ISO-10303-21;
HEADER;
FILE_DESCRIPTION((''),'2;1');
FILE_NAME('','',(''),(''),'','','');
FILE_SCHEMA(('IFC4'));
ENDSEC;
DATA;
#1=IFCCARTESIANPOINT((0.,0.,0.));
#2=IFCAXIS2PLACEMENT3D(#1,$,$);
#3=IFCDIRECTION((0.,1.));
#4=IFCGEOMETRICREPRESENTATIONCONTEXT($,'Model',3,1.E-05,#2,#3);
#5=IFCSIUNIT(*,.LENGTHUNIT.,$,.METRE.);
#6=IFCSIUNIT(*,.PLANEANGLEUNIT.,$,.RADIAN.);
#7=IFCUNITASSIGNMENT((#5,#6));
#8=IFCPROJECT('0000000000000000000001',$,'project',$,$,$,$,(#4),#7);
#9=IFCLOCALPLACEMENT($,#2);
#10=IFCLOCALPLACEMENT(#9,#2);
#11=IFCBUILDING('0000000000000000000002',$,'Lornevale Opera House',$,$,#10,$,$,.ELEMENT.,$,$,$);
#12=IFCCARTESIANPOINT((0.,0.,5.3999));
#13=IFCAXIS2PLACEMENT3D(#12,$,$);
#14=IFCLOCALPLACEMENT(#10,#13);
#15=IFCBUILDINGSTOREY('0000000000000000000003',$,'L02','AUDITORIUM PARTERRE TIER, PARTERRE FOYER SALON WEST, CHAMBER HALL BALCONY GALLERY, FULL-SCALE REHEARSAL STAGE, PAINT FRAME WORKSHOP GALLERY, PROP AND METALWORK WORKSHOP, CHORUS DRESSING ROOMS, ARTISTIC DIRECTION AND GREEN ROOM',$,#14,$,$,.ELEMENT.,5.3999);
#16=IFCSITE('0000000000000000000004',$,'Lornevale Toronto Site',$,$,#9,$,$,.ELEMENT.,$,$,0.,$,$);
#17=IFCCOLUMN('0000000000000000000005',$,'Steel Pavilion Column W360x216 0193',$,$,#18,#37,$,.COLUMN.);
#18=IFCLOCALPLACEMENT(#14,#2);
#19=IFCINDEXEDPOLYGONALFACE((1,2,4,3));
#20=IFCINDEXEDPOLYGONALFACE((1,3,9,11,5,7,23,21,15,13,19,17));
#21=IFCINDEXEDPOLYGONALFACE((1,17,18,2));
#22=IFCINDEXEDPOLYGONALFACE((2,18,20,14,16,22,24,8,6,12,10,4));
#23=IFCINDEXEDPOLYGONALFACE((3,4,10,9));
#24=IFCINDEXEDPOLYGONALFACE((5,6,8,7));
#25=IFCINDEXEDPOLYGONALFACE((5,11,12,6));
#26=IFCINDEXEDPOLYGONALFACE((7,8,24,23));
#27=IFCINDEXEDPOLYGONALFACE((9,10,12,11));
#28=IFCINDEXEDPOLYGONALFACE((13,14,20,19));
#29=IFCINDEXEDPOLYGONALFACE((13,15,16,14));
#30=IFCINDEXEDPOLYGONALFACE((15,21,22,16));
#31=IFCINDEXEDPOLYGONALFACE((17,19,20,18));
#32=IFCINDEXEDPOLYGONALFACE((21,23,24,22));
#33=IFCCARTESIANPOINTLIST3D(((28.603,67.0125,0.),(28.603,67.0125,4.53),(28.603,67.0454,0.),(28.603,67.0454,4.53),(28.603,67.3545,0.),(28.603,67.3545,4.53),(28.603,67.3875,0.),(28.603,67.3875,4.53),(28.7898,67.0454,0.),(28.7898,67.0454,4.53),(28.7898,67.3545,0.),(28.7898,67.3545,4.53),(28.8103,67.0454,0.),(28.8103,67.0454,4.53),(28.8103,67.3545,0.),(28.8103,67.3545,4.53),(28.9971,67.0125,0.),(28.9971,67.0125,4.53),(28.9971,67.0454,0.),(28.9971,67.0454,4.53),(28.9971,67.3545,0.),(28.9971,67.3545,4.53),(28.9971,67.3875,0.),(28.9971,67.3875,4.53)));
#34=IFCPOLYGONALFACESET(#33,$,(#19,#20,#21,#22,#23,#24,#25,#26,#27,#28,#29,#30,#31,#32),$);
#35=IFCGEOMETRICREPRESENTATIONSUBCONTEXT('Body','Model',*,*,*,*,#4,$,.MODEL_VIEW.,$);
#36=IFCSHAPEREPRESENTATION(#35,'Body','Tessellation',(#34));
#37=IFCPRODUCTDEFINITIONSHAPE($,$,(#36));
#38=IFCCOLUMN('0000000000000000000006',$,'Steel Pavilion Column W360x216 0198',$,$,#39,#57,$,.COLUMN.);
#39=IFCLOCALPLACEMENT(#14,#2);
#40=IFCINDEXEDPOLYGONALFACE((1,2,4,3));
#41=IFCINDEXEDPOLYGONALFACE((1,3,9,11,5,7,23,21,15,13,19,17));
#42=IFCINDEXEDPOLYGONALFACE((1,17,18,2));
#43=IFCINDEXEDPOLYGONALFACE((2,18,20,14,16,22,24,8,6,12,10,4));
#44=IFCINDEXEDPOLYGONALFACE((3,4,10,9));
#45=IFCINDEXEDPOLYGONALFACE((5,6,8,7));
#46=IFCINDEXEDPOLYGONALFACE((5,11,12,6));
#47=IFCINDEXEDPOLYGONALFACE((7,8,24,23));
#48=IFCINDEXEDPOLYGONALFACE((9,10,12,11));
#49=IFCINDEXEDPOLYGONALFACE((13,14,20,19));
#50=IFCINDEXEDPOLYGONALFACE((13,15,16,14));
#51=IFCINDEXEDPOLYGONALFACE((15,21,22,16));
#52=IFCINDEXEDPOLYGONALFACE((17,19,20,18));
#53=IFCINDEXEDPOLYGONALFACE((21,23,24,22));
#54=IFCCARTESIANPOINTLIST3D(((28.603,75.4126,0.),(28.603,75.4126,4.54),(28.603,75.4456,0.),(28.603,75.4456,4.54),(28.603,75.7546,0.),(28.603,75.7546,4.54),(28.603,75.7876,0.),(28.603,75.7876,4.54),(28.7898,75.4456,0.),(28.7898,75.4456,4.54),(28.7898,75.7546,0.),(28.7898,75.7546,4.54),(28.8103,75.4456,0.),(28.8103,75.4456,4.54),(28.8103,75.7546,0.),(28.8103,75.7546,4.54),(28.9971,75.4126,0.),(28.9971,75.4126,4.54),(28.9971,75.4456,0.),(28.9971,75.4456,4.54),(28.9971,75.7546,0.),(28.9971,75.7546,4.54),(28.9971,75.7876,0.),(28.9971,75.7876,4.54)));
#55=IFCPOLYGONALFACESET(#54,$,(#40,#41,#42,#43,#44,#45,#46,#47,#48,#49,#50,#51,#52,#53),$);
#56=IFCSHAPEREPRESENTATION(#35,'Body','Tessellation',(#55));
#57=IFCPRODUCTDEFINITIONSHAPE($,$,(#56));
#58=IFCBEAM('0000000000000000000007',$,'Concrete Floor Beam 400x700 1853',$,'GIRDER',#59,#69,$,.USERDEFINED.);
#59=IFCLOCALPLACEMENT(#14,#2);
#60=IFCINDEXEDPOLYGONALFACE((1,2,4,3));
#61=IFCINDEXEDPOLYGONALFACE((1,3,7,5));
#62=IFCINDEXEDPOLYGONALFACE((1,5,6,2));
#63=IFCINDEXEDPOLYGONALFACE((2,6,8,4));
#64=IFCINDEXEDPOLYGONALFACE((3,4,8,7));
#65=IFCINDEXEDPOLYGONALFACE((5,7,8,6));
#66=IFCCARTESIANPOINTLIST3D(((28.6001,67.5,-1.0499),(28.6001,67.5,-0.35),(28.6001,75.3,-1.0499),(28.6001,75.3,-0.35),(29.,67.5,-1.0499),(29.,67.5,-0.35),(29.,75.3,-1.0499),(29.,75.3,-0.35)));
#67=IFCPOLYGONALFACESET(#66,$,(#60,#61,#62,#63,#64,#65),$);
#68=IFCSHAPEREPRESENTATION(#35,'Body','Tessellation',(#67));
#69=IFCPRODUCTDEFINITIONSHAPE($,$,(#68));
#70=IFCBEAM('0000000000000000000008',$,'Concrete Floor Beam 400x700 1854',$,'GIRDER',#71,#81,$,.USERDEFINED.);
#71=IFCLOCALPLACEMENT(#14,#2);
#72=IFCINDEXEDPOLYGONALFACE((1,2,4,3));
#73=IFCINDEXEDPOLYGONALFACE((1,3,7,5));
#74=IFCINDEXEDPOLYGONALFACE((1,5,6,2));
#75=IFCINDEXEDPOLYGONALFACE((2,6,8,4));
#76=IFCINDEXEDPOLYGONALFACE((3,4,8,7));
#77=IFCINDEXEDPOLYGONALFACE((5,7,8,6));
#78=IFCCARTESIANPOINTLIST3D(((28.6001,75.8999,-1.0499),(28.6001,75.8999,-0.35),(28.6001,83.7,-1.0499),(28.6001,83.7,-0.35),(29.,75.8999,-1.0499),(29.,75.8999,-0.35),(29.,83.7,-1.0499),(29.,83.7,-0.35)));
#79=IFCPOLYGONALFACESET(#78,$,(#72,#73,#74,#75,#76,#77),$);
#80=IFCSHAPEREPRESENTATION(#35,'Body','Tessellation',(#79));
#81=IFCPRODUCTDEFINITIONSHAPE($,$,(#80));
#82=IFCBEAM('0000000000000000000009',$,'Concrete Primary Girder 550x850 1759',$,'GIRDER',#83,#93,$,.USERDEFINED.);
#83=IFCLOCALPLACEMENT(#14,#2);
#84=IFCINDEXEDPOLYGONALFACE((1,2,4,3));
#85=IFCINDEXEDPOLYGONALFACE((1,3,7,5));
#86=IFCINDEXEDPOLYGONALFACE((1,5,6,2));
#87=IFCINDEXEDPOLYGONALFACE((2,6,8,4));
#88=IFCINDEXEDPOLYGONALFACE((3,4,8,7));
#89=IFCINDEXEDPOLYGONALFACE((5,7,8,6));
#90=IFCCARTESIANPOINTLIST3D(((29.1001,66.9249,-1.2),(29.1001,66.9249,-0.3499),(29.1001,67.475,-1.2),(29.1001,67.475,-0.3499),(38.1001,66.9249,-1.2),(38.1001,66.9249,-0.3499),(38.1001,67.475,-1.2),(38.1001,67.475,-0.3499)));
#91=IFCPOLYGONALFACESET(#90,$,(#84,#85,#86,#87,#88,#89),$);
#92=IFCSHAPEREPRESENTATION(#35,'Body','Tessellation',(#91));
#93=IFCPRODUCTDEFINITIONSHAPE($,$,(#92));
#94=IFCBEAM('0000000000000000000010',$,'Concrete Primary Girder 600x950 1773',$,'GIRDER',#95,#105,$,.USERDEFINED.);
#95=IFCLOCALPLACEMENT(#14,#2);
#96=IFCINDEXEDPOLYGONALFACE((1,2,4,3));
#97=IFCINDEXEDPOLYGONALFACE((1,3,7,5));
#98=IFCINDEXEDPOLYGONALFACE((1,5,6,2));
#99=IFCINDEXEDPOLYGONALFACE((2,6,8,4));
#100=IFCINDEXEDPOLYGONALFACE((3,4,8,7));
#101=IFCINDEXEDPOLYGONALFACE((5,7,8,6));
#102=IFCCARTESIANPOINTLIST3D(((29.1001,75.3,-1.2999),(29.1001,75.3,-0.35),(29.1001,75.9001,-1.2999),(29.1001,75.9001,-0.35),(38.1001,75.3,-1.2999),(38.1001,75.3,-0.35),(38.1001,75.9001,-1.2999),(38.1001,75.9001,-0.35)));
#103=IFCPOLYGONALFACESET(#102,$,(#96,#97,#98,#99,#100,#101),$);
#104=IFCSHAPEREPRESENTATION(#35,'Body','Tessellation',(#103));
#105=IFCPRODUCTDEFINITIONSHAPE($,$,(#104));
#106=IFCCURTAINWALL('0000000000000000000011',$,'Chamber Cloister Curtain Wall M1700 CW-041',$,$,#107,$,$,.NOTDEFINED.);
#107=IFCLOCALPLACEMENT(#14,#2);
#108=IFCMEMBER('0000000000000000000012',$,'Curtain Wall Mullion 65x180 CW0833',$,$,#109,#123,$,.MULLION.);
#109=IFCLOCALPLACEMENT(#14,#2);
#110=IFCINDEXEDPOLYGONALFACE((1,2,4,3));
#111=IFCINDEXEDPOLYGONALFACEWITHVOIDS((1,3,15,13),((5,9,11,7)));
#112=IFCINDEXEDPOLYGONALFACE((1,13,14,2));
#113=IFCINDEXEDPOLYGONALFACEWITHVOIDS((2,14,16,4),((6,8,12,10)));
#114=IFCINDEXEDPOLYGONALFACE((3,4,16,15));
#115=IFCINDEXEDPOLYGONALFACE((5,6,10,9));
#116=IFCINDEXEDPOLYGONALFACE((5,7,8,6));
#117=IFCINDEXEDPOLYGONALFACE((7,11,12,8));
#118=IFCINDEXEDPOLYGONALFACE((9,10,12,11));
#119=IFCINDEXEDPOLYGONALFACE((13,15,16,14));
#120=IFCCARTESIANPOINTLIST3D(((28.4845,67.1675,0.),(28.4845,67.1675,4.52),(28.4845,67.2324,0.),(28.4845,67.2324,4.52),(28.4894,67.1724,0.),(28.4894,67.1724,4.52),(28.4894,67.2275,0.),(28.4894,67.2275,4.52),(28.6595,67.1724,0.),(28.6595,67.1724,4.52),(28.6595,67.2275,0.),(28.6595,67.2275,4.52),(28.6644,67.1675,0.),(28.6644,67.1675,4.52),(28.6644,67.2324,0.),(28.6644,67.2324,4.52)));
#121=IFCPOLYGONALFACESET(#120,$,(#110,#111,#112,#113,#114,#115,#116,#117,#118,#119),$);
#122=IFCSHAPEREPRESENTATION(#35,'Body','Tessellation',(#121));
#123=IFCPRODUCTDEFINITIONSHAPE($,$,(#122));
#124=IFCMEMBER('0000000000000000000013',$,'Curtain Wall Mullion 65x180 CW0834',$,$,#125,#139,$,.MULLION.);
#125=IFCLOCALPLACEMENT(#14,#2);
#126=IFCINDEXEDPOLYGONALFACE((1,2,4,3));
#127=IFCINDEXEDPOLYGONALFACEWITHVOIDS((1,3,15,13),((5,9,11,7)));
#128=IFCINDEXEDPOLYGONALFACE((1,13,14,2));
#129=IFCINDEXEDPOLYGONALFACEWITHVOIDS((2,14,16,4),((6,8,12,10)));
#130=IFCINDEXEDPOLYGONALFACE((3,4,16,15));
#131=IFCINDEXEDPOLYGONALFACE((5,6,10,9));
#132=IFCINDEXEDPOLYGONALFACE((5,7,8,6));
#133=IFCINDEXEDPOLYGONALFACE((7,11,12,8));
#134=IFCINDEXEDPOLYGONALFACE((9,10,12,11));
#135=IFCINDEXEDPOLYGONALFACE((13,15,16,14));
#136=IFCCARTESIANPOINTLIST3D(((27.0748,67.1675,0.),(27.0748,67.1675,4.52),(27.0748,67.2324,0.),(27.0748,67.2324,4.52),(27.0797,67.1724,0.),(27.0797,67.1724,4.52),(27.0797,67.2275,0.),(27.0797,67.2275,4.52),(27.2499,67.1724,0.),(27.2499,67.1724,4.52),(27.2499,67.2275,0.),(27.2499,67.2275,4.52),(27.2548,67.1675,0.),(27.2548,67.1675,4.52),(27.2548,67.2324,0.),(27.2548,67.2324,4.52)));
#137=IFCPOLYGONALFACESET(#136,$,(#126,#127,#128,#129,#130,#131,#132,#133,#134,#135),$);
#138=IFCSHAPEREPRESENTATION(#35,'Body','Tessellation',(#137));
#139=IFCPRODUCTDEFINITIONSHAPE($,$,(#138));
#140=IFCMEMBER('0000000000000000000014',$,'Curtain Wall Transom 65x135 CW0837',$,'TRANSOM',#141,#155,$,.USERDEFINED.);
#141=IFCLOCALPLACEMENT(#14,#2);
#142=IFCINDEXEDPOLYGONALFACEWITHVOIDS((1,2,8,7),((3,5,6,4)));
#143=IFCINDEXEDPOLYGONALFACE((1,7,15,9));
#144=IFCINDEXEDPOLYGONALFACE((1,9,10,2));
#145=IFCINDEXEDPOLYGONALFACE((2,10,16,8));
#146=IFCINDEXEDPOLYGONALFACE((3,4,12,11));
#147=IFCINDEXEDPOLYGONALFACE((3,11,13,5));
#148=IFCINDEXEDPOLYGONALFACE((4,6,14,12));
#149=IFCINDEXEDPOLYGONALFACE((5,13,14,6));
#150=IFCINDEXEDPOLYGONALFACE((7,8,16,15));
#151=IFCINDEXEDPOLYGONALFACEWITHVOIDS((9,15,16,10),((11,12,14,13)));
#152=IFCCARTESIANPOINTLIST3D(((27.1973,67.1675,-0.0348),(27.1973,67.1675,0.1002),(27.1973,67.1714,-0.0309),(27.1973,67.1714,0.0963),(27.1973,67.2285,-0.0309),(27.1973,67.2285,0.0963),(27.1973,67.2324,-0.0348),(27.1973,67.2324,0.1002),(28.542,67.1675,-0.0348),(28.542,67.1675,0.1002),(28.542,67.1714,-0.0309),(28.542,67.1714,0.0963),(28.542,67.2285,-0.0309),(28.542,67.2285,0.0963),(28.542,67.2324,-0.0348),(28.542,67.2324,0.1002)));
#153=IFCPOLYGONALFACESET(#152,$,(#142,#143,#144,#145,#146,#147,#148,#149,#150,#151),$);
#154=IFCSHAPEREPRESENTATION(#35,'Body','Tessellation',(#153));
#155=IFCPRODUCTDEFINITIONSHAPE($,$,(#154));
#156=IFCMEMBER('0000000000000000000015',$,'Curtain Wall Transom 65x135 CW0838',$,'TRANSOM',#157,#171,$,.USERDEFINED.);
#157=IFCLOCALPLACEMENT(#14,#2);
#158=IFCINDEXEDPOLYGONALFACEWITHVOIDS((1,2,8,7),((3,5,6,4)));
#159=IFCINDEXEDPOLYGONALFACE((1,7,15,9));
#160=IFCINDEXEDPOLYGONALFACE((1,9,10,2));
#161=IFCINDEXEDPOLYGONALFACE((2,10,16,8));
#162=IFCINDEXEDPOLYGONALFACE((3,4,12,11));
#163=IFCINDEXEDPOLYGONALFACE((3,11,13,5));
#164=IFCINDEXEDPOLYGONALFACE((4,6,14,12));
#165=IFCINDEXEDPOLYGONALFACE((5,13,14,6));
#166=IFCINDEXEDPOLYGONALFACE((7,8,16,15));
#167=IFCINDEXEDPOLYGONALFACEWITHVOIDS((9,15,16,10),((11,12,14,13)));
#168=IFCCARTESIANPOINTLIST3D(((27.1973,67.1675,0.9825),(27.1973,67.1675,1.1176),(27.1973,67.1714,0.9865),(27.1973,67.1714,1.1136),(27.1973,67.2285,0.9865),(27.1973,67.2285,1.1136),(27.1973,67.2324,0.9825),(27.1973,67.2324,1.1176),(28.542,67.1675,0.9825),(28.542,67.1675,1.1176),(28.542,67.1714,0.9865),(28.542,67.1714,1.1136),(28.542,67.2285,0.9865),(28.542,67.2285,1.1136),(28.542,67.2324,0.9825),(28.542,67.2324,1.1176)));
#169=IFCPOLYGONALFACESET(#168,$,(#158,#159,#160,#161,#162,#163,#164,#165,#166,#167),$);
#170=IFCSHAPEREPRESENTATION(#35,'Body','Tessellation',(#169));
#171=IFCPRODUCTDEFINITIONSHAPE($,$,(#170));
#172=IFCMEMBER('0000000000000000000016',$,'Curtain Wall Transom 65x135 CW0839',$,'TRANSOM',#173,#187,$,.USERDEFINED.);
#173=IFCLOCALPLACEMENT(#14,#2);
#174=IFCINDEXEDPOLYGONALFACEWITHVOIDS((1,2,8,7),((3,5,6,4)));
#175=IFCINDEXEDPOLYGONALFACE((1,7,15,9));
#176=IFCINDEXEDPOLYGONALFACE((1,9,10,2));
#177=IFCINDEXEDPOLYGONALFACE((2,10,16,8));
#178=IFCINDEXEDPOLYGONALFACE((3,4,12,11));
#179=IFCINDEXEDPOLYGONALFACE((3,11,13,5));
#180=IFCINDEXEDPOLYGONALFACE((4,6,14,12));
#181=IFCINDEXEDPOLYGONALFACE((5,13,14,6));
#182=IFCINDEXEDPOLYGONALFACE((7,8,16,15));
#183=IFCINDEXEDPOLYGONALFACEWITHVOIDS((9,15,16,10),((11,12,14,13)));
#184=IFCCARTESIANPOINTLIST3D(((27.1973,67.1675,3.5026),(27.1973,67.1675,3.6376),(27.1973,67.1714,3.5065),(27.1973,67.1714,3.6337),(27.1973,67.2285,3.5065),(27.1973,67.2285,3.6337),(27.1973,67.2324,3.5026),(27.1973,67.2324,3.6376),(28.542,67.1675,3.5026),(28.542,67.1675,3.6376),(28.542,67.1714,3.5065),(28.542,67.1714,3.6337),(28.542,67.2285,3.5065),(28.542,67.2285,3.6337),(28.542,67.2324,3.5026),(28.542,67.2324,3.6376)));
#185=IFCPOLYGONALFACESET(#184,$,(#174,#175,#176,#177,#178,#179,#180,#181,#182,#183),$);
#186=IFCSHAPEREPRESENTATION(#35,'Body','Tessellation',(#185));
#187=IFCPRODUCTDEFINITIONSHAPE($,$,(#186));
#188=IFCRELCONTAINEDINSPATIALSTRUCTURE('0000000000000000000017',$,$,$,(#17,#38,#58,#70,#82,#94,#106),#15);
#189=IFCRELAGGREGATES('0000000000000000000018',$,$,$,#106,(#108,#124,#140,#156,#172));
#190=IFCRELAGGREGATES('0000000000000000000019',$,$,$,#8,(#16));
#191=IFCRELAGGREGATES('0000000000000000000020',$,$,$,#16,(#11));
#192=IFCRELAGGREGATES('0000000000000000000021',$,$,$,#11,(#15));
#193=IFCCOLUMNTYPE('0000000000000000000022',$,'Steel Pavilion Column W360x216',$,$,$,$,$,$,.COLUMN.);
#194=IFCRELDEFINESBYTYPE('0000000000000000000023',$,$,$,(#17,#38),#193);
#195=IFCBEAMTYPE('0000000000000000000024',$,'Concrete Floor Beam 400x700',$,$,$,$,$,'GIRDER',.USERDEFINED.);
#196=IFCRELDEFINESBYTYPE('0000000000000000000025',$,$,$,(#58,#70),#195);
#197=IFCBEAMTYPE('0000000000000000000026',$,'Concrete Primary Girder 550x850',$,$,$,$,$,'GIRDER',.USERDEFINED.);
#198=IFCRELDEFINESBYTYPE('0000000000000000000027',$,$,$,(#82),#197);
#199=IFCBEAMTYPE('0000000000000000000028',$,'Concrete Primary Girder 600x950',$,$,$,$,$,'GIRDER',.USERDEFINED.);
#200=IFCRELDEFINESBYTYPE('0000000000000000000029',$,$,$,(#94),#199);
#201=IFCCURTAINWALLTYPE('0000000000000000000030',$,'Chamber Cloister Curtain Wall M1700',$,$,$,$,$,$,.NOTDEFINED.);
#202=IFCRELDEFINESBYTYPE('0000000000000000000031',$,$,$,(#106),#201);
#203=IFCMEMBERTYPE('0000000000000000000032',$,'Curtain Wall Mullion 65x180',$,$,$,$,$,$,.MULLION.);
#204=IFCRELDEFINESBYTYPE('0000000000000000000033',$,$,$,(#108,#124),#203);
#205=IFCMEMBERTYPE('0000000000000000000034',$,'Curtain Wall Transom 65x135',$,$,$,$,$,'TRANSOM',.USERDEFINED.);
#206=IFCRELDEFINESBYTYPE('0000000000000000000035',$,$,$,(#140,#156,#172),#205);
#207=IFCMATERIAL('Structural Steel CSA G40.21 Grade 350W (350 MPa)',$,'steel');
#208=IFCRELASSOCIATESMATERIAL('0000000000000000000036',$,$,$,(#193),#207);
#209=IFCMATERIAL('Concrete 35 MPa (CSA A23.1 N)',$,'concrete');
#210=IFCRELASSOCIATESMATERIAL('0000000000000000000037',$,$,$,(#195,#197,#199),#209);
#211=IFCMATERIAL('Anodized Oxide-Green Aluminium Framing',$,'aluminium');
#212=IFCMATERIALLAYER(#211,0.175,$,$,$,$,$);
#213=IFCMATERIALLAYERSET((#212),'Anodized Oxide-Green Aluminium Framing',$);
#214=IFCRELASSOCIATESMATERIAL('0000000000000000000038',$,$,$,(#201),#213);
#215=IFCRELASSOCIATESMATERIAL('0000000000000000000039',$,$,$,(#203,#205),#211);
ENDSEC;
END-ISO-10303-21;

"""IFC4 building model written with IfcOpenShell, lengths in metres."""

from ifc_helpers import new_model, si_unit, direction, frame, origin, origin_2d, place, context, subcontext, project, spatial, rectangle, hollow_rectangle, i_section, extrude, material, layer, layer_set, material_profile, profile_set, type_object, element, aggregate, save


model = new_model("IFC4")

# Units and contexts
model_context = context("Model", 3, precision=1e-05, world=origin(), true_north=direction((0.0, 1.0)))
body_context = subcontext(model_context, "Body", "Model", "MODEL_VIEW")
ifc_project = project(units=[si_unit("LENGTHUNIT", "METRE"), si_unit("PLANEANGLEUNIT", "RADIAN")], contexts=[model_context])

# Site, building, storey
site_placement = place(None, origin())
site = spatial("IfcSite", under=ifc_project, at=site_placement, Name="Lornevale Toronto Site", CompositionType="ELEMENT", RefElevation=0.0)
building_placement = place(site_placement, origin())
building = spatial("IfcBuilding", under=site, at=building_placement, Name="Lornevale Opera House", CompositionType="ELEMENT")
storey_placement = place(building_placement, frame((0.0, 0.0, 5.3999)))
storey = spatial("IfcBuildingStorey", under=building, at=storey_placement, Name="L02", Description="AUDITORIUM PARTERRE TIER, PARTERRE FOYER SALON WEST, CHAMBER HALL BALCONY GALLERY, FULL-SCALE REHEARSAL STAGE, PAINT FRAME WORKSHOP GALLERY, PROP AND METALWORK WORKSHOP, CHORUS DRESSING ROOMS, ARTISTIC DIRECTION AND GREEN ROOM", CompositionType="ELEMENT", Elevation=5.3999)

# Columns
ifc_material_1 = material(Name="Structural Steel CSA G40.21 Grade 350W (350 MPa)", Category="steel")
ifc_material_profile_1 = material_profile(ifc_material_1, i_section(OverallWidth=0.394, OverallDepth=0.375, WebThickness=0.0205, FlangeThickness=0.033, at=origin_2d()), Name="W360x216")
ifc_profile_set_1 = profile_set([ifc_material_profile_1], Name="Structural Steel CSA G40.21 Grade 350W (350 MPa)")
column_type = type_object("IfcColumnType", Name="Steel Pavilion Column W360x216", PredefinedType="COLUMN", material=ifc_profile_set_1)
column_1_placement = place(storey_placement, frame((28.8, 67.2, 0.0), z_axis=(0.0, 0.0, 1.0), x_axis=(1.0, 0.0, 0.0)))
element("IfcColumn", 1, at=column_1_placement, inside=storey, type_object=column_type, Name="Steel Pavilion Column W360x216 0193", PredefinedType="COLUMN", context=body_context, shape_type="SweptSolid", body=[
    extrude(i_section(OverallWidth=0.394, OverallDepth=0.375, WebThickness=0.0205, FlangeThickness=0.033, at=origin_2d()), origin(), (0.0, 0.0, 1.0), 4.53),
])
column_2_placement = place(storey_placement, frame((28.8, 75.6001, 0.0), z_axis=(0.0, 0.0, 1.0), x_axis=(1.0, 0.0, 0.0)))
element("IfcColumn", 2, at=column_2_placement, inside=storey, type_object=column_type, Name="Steel Pavilion Column W360x216 0198", PredefinedType="COLUMN", context=body_context, shape_type="SweptSolid", body=[
    extrude(i_section(OverallWidth=0.394, OverallDepth=0.375, WebThickness=0.0205, FlangeThickness=0.033, at=origin_2d()), origin(), (0.0, 0.0, 1.0), 4.54),
])

# Beams
ifc_material_2 = material(Name="Concrete 35 MPa (CSA A23.1 N)", Category="concrete")
ifc_material_profile_2 = material_profile(ifc_material_2, rectangle(XDim=0.3999, YDim=0.7, at=origin_2d()), Name="RC400x700")
ifc_profile_set_2 = profile_set([ifc_material_profile_2], Name="Concrete 35 MPa (CSA A23.1 N)")
beam_type_1 = type_object("IfcBeamType", Name="Concrete Floor Beam 400x700", ElementType="GIRDER", PredefinedType="USERDEFINED", material=ifc_profile_set_2)
for number, where, z_axis, x_axis, name in (
    (3, (28.8, 67.5, -0.7), (0.0, 1.0, 0.0), (-1.0, 0.0, 0.0), "Concrete Floor Beam 400x700 1853"),
    (4, (28.8, 75.8999, -0.7), (0.0, 1.0, 0.0), (-1.0, 0.0, 0.0), "Concrete Floor Beam 400x700 1854"),
):
    element("IfcBeam", number, at=place(storey_placement, frame(where, z_axis=z_axis, x_axis=x_axis)), inside=storey, type_object=beam_type_1, Name=name, ObjectType="GIRDER", PredefinedType="USERDEFINED", context=body_context, shape_type="SweptSolid", body=[
        extrude(rectangle(XDim=0.3999, YDim=0.7, at=origin_2d()), origin(), (0.0, 0.0, 1.0), 7.8),
    ])
ifc_material_profile_3 = material_profile(ifc_material_2, rectangle(XDim=0.55, YDim=0.8501, at=origin_2d()), Name="RC550x850")
ifc_profile_set_3 = profile_set([ifc_material_profile_3], Name="Concrete 35 MPa (CSA A23.1 N)")
beam_type_2 = type_object("IfcBeamType", Name="Concrete Primary Girder 550x850", ElementType="GIRDER", PredefinedType="USERDEFINED", material=ifc_profile_set_3)
beam_1_placement = place(storey_placement, frame((29.1001, 67.2, -0.7749), z_axis=(1.0, 0.0, 0.0), x_axis=(0.0, 1.0, 0.0)))
element("IfcBeam", 5, at=beam_1_placement, inside=storey, type_object=beam_type_2, Name="Concrete Primary Girder 550x850 1759", ObjectType="GIRDER", PredefinedType="USERDEFINED", context=body_context, shape_type="SweptSolid", body=[
    extrude(rectangle(XDim=0.55, YDim=0.8501, at=origin_2d()), origin(), (0.0, 0.0, 1.0), 9.0),
])
ifc_material_profile_4 = material_profile(ifc_material_2, rectangle(XDim=0.6001, YDim=0.95, at=origin_2d()), Name="RC600x950")
ifc_profile_set_4 = profile_set([ifc_material_profile_4], Name="Concrete 35 MPa (CSA A23.1 N)")
beam_type_3 = type_object("IfcBeamType", Name="Concrete Primary Girder 600x950", ElementType="GIRDER", PredefinedType="USERDEFINED", material=ifc_profile_set_4)
beam_2_placement = place(storey_placement, frame((29.1001, 75.6001, -0.825), z_axis=(1.0, 0.0, 0.0), x_axis=(0.0, 1.0, 0.0)))
element("IfcBeam", 6, at=beam_2_placement, inside=storey, type_object=beam_type_3, Name="Concrete Primary Girder 600x950 1773", ObjectType="GIRDER", PredefinedType="USERDEFINED", context=body_context, shape_type="SweptSolid", body=[
    extrude(rectangle(XDim=0.6001, YDim=0.95, at=origin_2d()), origin(), (0.0, 0.0, 1.0), 9.0),
])

# Curtain wall, members
ifc_material_3 = material(Name="Anodized Oxide-Green Aluminium Framing", Category="aluminium")
ifc_layer_1 = layer(ifc_material_3, 0.175)
ifc_layer_set_1 = layer_set([ifc_layer_1], Name="Anodized Oxide-Green Aluminium Framing")
curtain_wall_type = type_object("IfcCurtainWallType", Name="Chamber Cloister Curtain Wall M1700", PredefinedType="NOTDEFINED", material=ifc_layer_set_1)
curtain_wall_placement = place(storey_placement, origin())
curtain_wall = element("IfcCurtainWall", 7, at=curtain_wall_placement, inside=storey, type_object=curtain_wall_type, Name="Chamber Cloister Curtain Wall M1700 CW-041", PredefinedType="NOTDEFINED")
ifc_material_profile_5 = material_profile(ifc_material_3, hollow_rectangle(XDim=0.0649, YDim=0.1799, WallThickness=0.0049, at=origin_2d()), Name="ALU65x180x5")
ifc_profile_set_5 = profile_set([ifc_material_profile_5], Name="Anodized Oxide-Green Aluminium Framing")
member_type_1 = type_object("IfcMemberType", Name="Curtain Wall Mullion 65x180", PredefinedType="MULLION", material=ifc_profile_set_5)
member_1_placement = place(storey_placement, frame((28.5745, 67.2, 0.0), z_axis=(0.0, 0.0, 1.0), x_axis=(0.0, -1.0, 0.0)))
member_1 = element("IfcMember", 8, at=member_1_placement, type_object=member_type_1, Name="Curtain Wall Mullion 65x180 CW0833", PredefinedType="MULLION", context=body_context, shape_type="SweptSolid", body=[
    extrude(hollow_rectangle(XDim=0.0649, YDim=0.1799, WallThickness=0.0049, at=origin_2d()), origin(), (0.0, 0.0, 1.0), 4.52),
])
member_2_placement = place(storey_placement, frame((27.1648, 67.2, 0.0), z_axis=(0.0, 0.0, 1.0), x_axis=(0.0, -1.0, 0.0)))
member_2 = element("IfcMember", 9, at=member_2_placement, type_object=member_type_1, Name="Curtain Wall Mullion 65x180 CW0834", PredefinedType="MULLION", context=body_context, shape_type="SweptSolid", body=[
    extrude(hollow_rectangle(XDim=0.0649, YDim=0.1799, WallThickness=0.0049, at=origin_2d()), origin(), (0.0, 0.0, 1.0), 4.52),
])
ifc_material_profile_6 = material_profile(ifc_material_3, hollow_rectangle(XDim=0.0649, YDim=0.135, WallThickness=0.0039, at=origin_2d()), Name="ALU65x135x4")
ifc_profile_set_6 = profile_set([ifc_material_profile_6], Name="Anodized Oxide-Green Aluminium Framing")
member_type_2 = type_object("IfcMemberType", Name="Curtain Wall Transom 65x135", ElementType="TRANSOM", PredefinedType="USERDEFINED", material=ifc_profile_set_6)
member_3_placement = place(storey_placement, frame((28.542, 67.2, 0.0327), z_axis=(-1.0, 0.0, 0.0), x_axis=(0.0, -1.0, 0.0)))
member_3 = element("IfcMember", 10, at=member_3_placement, type_object=member_type_2, Name="Curtain Wall Transom 65x135 CW0837", ObjectType="TRANSOM", PredefinedType="USERDEFINED", context=body_context, shape_type="SweptSolid", body=[
    extrude(hollow_rectangle(XDim=0.0649, YDim=0.135, WallThickness=0.0039, at=origin_2d()), origin(), (0.0, 0.0, 1.0), 1.3447),
])
member_4_placement = place(storey_placement, frame((28.542, 67.2, 1.05), z_axis=(-1.0, 0.0, 0.0), x_axis=(0.0, -1.0, 0.0)))
member_4 = element("IfcMember", 11, at=member_4_placement, type_object=member_type_2, Name="Curtain Wall Transom 65x135 CW0838", ObjectType="TRANSOM", PredefinedType="USERDEFINED", context=body_context, shape_type="SweptSolid", body=[
    extrude(hollow_rectangle(XDim=0.0649, YDim=0.135, WallThickness=0.0039, at=origin_2d()), origin(), (0.0, 0.0, 1.0), 1.3447),
])
member_5_placement = place(storey_placement, frame((28.542, 67.2, 3.5701), z_axis=(-1.0, 0.0, 0.0), x_axis=(0.0, -1.0, 0.0)))
member_5 = element("IfcMember", 12, at=member_5_placement, type_object=member_type_2, Name="Curtain Wall Transom 65x135 CW0839", ObjectType="TRANSOM", PredefinedType="USERDEFINED", context=body_context, shape_type="SweptSolid", body=[
    extrude(hollow_rectangle(XDim=0.0649, YDim=0.135, WallThickness=0.0039, at=origin_2d()), origin(), (0.0, 0.0, 1.0), 1.3447),
])

aggregate(curtain_wall, [member_1, member_2, member_3, member_4, member_5])

save(model, "model.ifc")
